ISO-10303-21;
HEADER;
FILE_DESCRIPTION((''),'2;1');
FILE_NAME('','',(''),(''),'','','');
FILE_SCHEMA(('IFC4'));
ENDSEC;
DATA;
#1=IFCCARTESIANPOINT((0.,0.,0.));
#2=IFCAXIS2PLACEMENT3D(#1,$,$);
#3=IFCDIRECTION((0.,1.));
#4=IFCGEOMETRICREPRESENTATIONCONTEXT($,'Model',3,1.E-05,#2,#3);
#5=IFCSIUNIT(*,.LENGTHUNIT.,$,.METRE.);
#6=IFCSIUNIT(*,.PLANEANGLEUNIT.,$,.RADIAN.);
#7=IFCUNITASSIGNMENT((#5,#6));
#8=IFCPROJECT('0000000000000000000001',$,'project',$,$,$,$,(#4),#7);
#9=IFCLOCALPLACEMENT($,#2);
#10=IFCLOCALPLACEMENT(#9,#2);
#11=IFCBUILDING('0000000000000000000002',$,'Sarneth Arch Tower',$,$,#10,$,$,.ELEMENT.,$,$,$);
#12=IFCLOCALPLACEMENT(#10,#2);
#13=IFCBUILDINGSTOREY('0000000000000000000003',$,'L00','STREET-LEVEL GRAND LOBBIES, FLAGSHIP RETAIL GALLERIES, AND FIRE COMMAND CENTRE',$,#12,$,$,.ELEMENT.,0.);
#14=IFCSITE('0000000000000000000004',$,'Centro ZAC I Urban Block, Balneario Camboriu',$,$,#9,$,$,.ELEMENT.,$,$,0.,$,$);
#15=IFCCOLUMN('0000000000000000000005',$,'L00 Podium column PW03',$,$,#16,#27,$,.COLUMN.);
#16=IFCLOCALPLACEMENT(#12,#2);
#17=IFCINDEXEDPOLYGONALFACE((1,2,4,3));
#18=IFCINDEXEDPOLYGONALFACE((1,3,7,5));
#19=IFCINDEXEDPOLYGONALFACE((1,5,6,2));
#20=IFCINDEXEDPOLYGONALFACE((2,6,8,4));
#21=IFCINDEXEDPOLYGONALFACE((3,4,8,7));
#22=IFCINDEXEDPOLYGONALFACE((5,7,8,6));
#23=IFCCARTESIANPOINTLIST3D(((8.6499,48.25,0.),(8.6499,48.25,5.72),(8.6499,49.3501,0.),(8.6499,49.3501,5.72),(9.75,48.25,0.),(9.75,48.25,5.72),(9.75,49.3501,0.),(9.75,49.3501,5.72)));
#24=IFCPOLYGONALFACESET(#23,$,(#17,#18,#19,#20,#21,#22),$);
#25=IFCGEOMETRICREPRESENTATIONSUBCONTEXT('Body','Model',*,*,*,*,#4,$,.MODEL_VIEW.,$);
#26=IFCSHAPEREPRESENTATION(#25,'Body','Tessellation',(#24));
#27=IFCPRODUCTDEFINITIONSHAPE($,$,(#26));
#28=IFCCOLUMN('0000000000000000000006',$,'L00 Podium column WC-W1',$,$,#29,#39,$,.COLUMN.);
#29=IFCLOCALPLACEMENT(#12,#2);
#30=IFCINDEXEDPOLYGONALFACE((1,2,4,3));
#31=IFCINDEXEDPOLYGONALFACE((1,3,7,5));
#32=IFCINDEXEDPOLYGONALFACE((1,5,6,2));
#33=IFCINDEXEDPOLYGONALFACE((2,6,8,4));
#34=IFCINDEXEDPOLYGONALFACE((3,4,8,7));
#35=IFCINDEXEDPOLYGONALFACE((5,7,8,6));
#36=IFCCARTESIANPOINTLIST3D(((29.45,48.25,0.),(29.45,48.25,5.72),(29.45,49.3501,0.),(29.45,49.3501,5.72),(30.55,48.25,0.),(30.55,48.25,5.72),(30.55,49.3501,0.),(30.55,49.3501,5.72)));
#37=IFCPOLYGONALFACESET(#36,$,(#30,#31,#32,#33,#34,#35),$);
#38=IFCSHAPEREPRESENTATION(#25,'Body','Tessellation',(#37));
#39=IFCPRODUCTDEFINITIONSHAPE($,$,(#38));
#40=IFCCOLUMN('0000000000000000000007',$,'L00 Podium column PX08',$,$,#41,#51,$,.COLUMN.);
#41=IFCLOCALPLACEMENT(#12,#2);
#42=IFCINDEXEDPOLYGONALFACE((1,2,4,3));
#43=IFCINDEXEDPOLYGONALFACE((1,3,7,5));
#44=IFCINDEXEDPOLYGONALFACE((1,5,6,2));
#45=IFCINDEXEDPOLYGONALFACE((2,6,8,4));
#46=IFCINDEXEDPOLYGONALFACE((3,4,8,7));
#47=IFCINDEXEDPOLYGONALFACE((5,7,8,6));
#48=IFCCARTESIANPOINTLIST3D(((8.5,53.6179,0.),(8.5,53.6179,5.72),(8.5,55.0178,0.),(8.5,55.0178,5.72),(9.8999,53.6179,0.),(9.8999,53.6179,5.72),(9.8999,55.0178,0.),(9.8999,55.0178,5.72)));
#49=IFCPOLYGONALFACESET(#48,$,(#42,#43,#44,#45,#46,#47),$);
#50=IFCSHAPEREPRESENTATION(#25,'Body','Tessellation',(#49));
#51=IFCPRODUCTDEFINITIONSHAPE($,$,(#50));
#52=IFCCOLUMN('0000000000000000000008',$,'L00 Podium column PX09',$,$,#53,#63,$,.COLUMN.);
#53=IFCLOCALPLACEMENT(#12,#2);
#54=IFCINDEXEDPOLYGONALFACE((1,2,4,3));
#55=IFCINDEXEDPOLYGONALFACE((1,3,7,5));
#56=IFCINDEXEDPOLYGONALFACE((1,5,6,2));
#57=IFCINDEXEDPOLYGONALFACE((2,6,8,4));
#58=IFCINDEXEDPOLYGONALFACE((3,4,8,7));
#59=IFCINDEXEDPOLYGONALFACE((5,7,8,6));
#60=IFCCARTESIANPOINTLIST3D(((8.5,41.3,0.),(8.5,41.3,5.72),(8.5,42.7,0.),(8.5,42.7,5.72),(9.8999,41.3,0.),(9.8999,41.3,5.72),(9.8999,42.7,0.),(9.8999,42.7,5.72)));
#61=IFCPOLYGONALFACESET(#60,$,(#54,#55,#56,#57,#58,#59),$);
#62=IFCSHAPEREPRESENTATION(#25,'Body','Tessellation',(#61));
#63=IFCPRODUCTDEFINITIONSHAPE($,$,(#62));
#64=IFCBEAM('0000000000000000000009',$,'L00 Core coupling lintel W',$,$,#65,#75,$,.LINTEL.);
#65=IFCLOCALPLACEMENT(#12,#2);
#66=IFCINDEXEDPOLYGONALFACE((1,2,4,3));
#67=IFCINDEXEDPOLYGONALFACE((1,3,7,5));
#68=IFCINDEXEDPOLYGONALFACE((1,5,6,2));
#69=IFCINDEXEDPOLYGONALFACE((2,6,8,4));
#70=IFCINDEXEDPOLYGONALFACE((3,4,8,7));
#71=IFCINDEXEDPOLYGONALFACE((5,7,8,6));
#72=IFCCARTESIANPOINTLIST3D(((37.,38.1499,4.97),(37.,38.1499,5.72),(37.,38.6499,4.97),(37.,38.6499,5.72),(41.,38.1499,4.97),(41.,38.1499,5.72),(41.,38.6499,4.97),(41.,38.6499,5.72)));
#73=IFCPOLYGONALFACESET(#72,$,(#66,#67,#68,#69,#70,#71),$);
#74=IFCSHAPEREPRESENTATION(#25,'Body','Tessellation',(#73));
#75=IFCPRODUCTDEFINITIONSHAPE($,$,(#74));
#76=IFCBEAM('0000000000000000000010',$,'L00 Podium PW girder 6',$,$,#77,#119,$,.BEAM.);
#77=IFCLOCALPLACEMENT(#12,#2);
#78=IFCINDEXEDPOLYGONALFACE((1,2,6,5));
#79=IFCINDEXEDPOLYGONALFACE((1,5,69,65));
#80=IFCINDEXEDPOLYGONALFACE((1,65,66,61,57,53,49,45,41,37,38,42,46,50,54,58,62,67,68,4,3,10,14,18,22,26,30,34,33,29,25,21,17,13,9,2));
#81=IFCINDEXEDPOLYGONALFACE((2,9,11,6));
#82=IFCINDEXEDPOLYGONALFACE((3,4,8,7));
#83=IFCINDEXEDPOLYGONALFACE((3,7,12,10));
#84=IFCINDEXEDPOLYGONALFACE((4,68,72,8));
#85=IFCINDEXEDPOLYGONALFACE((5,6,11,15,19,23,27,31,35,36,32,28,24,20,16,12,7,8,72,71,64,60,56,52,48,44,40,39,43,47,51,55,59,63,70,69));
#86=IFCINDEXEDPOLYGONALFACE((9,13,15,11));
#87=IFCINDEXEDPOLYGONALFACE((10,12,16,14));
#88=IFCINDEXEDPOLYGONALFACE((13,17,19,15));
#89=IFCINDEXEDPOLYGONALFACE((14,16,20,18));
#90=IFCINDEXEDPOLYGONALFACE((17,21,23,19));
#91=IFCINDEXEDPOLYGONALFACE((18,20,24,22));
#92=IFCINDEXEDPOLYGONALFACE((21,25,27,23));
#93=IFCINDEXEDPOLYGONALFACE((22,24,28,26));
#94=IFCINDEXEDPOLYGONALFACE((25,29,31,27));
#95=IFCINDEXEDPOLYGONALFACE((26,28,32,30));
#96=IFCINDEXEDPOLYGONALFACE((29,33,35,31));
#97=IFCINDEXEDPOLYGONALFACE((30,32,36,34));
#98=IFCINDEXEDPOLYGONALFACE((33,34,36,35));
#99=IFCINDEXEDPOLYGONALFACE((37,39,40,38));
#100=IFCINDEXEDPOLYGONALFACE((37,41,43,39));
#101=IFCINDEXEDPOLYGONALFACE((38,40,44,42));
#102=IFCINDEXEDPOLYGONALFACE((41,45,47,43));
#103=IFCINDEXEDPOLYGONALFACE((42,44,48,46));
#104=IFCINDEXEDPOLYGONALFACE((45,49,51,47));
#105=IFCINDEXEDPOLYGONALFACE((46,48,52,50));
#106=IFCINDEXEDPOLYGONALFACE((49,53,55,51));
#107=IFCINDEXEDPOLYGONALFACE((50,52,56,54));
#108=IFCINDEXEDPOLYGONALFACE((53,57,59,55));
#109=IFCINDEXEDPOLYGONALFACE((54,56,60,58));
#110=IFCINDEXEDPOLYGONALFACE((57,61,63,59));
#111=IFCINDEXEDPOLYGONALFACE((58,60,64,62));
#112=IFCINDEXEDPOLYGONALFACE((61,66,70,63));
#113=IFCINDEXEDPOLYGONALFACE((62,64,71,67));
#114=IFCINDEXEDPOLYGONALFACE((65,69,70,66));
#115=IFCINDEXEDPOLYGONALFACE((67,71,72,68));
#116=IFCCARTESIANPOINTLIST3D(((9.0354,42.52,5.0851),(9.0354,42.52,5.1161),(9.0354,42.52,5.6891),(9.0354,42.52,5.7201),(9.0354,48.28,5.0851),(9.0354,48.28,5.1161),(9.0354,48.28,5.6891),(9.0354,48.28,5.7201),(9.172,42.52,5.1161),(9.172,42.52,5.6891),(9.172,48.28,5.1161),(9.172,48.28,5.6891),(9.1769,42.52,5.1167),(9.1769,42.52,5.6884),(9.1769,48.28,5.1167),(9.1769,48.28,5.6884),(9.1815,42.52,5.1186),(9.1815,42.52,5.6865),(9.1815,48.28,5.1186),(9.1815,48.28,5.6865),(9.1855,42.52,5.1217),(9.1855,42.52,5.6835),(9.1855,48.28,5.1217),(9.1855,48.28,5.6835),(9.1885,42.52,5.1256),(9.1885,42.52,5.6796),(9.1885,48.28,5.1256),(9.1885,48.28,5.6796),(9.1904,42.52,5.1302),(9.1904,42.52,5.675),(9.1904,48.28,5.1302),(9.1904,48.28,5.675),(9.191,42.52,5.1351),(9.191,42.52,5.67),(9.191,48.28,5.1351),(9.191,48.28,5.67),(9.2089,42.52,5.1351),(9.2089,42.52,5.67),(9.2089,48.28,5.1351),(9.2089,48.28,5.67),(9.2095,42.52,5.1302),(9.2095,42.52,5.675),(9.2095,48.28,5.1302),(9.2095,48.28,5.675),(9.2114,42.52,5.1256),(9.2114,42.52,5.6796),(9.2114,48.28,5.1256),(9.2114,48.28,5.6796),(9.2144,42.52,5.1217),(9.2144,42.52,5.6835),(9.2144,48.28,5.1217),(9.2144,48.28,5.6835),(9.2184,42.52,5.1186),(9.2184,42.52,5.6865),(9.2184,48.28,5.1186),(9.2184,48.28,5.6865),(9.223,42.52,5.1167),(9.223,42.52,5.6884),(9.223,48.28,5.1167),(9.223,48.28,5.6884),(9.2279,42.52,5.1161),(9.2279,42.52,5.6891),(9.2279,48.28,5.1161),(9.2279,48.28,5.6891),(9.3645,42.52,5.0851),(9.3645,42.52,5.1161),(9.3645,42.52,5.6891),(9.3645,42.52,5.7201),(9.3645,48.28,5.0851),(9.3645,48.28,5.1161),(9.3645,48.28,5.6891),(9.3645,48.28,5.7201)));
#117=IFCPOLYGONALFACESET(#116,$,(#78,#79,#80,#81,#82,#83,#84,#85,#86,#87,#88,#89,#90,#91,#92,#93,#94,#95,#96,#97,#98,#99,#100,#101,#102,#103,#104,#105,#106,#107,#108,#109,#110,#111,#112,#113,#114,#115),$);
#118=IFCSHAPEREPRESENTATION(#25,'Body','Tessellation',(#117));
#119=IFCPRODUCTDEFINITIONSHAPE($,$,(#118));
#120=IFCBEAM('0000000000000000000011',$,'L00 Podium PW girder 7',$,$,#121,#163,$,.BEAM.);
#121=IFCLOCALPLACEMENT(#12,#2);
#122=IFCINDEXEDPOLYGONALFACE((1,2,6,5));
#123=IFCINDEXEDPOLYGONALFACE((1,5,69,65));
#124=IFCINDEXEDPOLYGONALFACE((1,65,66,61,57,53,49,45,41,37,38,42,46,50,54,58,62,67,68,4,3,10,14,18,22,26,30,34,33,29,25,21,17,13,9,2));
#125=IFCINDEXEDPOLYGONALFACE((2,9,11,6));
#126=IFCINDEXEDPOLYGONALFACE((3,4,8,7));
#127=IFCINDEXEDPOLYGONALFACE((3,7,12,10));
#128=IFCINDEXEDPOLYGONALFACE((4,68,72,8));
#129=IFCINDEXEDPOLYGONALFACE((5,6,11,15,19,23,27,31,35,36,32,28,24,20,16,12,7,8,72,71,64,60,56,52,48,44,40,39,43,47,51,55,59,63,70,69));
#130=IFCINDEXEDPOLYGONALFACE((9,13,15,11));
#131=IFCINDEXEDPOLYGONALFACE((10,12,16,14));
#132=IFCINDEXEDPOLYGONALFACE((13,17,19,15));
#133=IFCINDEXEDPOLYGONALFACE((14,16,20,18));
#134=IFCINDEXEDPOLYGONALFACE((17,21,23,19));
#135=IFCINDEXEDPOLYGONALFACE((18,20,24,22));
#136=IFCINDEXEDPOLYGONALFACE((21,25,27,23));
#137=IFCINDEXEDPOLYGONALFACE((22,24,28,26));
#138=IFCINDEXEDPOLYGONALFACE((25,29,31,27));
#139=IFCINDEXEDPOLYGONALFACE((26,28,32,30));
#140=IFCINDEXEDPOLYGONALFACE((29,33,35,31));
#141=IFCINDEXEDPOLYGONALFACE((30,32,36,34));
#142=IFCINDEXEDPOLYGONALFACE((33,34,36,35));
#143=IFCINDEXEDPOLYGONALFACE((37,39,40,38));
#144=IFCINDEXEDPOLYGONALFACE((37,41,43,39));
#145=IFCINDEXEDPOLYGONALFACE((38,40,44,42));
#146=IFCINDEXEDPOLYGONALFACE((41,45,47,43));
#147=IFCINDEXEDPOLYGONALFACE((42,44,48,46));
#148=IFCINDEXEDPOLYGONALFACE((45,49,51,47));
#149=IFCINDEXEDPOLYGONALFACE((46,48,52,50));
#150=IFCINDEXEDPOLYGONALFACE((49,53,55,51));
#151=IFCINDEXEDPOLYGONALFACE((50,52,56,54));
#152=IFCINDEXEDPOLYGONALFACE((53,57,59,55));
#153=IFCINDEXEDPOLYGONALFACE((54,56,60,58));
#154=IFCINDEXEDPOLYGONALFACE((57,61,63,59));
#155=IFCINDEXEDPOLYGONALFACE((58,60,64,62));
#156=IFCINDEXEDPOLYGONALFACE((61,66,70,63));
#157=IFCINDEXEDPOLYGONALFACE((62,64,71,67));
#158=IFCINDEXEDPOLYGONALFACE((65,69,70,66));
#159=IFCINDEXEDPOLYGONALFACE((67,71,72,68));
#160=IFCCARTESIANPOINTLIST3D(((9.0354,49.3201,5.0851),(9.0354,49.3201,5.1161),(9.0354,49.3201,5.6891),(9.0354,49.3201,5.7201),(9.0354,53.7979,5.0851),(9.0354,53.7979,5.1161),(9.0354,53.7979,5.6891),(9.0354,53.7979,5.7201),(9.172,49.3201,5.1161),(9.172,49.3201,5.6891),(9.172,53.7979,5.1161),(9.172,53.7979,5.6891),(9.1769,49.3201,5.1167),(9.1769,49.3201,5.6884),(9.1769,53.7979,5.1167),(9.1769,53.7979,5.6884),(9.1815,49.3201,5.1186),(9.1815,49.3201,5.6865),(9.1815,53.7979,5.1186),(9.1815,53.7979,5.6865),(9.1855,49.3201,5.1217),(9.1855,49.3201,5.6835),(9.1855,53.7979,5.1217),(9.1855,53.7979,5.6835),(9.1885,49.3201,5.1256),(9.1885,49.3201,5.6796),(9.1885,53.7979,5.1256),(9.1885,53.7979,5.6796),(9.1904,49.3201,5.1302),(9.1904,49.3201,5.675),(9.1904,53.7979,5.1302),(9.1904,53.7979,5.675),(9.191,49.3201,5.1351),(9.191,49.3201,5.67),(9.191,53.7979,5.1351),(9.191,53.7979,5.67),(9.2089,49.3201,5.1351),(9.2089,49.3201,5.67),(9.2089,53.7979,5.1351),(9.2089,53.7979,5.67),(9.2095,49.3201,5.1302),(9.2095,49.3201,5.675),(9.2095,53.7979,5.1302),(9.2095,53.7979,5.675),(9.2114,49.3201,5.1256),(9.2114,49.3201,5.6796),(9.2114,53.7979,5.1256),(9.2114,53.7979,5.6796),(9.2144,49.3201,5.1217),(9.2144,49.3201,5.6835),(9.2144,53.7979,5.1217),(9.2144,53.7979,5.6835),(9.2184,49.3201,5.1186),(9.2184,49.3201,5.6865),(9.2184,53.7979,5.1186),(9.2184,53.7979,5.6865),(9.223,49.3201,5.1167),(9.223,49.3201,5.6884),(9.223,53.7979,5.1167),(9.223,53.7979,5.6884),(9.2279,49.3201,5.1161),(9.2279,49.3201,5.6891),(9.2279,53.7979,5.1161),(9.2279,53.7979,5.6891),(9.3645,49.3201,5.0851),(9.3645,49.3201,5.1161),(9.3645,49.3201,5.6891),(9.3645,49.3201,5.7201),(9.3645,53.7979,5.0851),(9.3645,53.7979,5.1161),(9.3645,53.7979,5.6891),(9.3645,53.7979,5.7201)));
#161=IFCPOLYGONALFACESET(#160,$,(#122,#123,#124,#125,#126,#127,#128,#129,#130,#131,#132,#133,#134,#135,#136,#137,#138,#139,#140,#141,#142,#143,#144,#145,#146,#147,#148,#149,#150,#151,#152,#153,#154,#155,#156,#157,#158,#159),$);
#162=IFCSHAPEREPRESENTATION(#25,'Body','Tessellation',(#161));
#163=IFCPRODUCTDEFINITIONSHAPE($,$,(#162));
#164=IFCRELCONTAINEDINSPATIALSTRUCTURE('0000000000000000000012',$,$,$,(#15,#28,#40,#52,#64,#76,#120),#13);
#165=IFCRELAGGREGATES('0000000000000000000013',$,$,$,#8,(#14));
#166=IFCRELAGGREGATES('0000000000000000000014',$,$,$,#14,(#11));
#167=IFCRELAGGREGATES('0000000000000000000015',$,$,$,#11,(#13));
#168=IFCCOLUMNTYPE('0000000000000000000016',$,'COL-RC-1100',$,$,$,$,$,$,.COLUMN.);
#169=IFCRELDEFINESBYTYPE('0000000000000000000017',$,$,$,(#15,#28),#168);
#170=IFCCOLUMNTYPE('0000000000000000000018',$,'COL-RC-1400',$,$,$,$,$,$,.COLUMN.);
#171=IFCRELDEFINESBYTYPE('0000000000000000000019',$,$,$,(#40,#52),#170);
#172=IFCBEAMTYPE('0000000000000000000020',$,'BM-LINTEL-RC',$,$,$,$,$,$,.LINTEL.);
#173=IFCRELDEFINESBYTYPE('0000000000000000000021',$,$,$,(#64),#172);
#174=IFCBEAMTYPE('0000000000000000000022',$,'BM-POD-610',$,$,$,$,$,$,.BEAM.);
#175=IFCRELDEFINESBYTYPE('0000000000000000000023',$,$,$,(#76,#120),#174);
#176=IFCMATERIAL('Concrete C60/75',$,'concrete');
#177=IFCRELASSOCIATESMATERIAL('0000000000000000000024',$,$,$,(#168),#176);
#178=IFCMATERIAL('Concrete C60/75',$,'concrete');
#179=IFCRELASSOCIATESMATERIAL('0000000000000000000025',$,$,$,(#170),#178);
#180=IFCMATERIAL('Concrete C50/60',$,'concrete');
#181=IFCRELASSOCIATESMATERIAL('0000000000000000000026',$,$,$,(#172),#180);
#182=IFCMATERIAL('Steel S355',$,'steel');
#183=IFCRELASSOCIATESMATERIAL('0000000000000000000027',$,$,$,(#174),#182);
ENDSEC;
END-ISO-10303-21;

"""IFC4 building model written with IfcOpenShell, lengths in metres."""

from ifc_helpers import new_model, si_unit, direction, frame, origin, origin_2d, place, context, subcontext, project, spatial, rectangle, i_section, extrude, material, material_profile, profile_set, type_object, element, save


model = new_model("IFC4")

# Units and contexts
model_context = context("Model", 3, precision=1e-05, world=origin(), true_north=direction((0.0, 1.0)))
body_context = subcontext(model_context, "Body", "Model", "MODEL_VIEW")
ifc_project = project(units=[si_unit("LENGTHUNIT", "METRE"), si_unit("PLANEANGLEUNIT", "RADIAN")], contexts=[model_context])

# Site, building, storey
site_placement = place(None, origin())
site = spatial("IfcSite", under=ifc_project, at=site_placement, Name="Centro ZAC I Urban Block, Balneario Camboriu", CompositionType="ELEMENT", RefElevation=0.0)
building_placement = place(site_placement, origin())
building = spatial("IfcBuilding", under=site, at=building_placement, Name="Sarneth Arch Tower", CompositionType="ELEMENT")
storey_placement = place(building_placement, origin())
storey = spatial("IfcBuildingStorey", under=building, at=storey_placement, Name="L00", Description="STREET-LEVEL GRAND LOBBIES, FLAGSHIP RETAIL GALLERIES, AND FIRE COMMAND CENTRE", CompositionType="ELEMENT", Elevation=0.0)

# Columns
ifc_material_1 = material(Name="Concrete C60/75", Category="concrete")
ifc_material_profile_1 = material_profile(ifc_material_1, rectangle(XDim=1.1001, YDim=1.1001, at=origin_2d()), Name="RC-1100x1100")
ifc_profile_set_1 = profile_set([ifc_material_profile_1], Name="Concrete C60/75")
column_type_1 = type_object("IfcColumnType", Name="COL-RC-1100", PredefinedType="COLUMN", material=ifc_profile_set_1)
for number, where, z_axis, x_axis, name in (
    (1, (9.2, 48.8, 0.0), (0.0, 0.0, 1.0), (1.0, 0.0, 0.0), "L00 Podium column PW03"),
    (2, (30.0, 48.8, 0.0), (0.0, 0.0, 1.0), (1.0, 0.0, 0.0), "L00 Podium column WC-W1"),
):
    element("IfcColumn", number, at=place(storey_placement, frame(where, z_axis=z_axis, x_axis=x_axis)), inside=storey, type_object=column_type_1, Name=name, PredefinedType="COLUMN", context=body_context, shape_type="SweptSolid", body=[
        extrude(rectangle(XDim=1.1001, YDim=1.1001, at=origin_2d()), origin(), (0.0, 0.0, 1.0), 5.72),
    ])
ifc_material_2 = material(Name="Concrete C60/75", Category="concrete")
ifc_material_profile_2 = material_profile(ifc_material_2, rectangle(XDim=1.3999, YDim=1.3999, at=origin_2d()), Name="RC-1400x1400")
ifc_profile_set_2 = profile_set([ifc_material_profile_2], Name="Concrete C60/75")
column_type_2 = type_object("IfcColumnType", Name="COL-RC-1400", PredefinedType="COLUMN", material=ifc_profile_set_2)
for number, where, z_axis, x_axis, name in (
    (3, (9.2, 54.3179, 0.0), (0.0, 0.0, 1.0), (1.0, 0.0, 0.0), "L00 Podium column PX08"),
    (4, (9.2, 42.0, 0.0), (0.0, 0.0, 1.0), (1.0, 0.0, 0.0), "L00 Podium column PX09"),
):
    element("IfcColumn", number, at=place(storey_placement, frame(where, z_axis=z_axis, x_axis=x_axis)), inside=storey, type_object=column_type_2, Name=name, PredefinedType="COLUMN", context=body_context, shape_type="SweptSolid", body=[
        extrude(rectangle(XDim=1.3999, YDim=1.3999, at=origin_2d()), origin(), (0.0, 0.0, 1.0), 5.72),
    ])

# Beams
ifc_material_3 = material(Name="Concrete C50/60", Category="concrete")
ifc_material_profile_3 = material_profile(ifc_material_3, rectangle(XDim=0.5, YDim=0.75, at=origin_2d()), Name="RC-500x750")
ifc_profile_set_3 = profile_set([ifc_material_profile_3], Name="Concrete C50/60")
beam_type_1 = type_object("IfcBeamType", Name="BM-LINTEL-RC", PredefinedType="LINTEL", material=ifc_profile_set_3)
beam_1_placement = place(storey_placement, frame((37.0, 38.3999, 5.345), z_axis=(1.0, 0.0, 0.0), x_axis=(0.0, 1.0, 0.0)))
element("IfcBeam", 5, at=beam_1_placement, inside=storey, type_object=beam_type_1, Name="L00 Core coupling lintel W", PredefinedType="LINTEL", context=body_context, shape_type="SweptSolid", body=[
    extrude(rectangle(XDim=0.5, YDim=0.75, at=origin_2d()), origin(), (0.0, 0.0, 1.0), 4.0),
])
ifc_material_4 = material(Name="Steel S355", Category="steel")
ifc_material_profile_4 = material_profile(ifc_material_4, i_section(OverallWidth=0.3291, OverallDepth=0.635, WebThickness=0.0178, FlangeThickness=0.031, FilletRadius=0.019, at=origin_2d()), Name="W610x241")
ifc_profile_set_4 = profile_set([ifc_material_profile_4], Name="Steel S355")
beam_type_2 = type_object("IfcBeamType", Name="BM-POD-610", PredefinedType="BEAM", material=ifc_profile_set_4)
beam_2_placement = place(storey_placement, frame((9.2, 42.52, 5.4026), z_axis=(0.0, 1.0, 0.0), x_axis=(-1.0, 0.0, 0.0)))
element("IfcBeam", 6, at=beam_2_placement, inside=storey, type_object=beam_type_2, Name="L00 Podium PW girder 6", PredefinedType="BEAM", context=body_context, shape_type="SweptSolid", body=[
    extrude(i_section(OverallWidth=0.3291, OverallDepth=0.635, WebThickness=0.0178, FlangeThickness=0.031, FilletRadius=0.019, at=origin_2d()), origin(), (0.0, 0.0, 1.0), 5.76),
])
beam_3_placement = place(storey_placement, frame((9.2, 49.3201, 5.4026), z_axis=(0.0, 1.0, 0.0), x_axis=(-1.0, 0.0, 0.0)))
element("IfcBeam", 7, at=beam_3_placement, inside=storey, type_object=beam_type_2, Name="L00 Podium PW girder 7", PredefinedType="BEAM", context=body_context, shape_type="SweptSolid", body=[
    extrude(i_section(OverallWidth=0.3291, OverallDepth=0.635, WebThickness=0.0178, FlangeThickness=0.031, FilletRadius=0.019, at=origin_2d()), origin(), (0.0, 0.0, 1.0), 4.4778),
])

save(model, "model.ifc")
